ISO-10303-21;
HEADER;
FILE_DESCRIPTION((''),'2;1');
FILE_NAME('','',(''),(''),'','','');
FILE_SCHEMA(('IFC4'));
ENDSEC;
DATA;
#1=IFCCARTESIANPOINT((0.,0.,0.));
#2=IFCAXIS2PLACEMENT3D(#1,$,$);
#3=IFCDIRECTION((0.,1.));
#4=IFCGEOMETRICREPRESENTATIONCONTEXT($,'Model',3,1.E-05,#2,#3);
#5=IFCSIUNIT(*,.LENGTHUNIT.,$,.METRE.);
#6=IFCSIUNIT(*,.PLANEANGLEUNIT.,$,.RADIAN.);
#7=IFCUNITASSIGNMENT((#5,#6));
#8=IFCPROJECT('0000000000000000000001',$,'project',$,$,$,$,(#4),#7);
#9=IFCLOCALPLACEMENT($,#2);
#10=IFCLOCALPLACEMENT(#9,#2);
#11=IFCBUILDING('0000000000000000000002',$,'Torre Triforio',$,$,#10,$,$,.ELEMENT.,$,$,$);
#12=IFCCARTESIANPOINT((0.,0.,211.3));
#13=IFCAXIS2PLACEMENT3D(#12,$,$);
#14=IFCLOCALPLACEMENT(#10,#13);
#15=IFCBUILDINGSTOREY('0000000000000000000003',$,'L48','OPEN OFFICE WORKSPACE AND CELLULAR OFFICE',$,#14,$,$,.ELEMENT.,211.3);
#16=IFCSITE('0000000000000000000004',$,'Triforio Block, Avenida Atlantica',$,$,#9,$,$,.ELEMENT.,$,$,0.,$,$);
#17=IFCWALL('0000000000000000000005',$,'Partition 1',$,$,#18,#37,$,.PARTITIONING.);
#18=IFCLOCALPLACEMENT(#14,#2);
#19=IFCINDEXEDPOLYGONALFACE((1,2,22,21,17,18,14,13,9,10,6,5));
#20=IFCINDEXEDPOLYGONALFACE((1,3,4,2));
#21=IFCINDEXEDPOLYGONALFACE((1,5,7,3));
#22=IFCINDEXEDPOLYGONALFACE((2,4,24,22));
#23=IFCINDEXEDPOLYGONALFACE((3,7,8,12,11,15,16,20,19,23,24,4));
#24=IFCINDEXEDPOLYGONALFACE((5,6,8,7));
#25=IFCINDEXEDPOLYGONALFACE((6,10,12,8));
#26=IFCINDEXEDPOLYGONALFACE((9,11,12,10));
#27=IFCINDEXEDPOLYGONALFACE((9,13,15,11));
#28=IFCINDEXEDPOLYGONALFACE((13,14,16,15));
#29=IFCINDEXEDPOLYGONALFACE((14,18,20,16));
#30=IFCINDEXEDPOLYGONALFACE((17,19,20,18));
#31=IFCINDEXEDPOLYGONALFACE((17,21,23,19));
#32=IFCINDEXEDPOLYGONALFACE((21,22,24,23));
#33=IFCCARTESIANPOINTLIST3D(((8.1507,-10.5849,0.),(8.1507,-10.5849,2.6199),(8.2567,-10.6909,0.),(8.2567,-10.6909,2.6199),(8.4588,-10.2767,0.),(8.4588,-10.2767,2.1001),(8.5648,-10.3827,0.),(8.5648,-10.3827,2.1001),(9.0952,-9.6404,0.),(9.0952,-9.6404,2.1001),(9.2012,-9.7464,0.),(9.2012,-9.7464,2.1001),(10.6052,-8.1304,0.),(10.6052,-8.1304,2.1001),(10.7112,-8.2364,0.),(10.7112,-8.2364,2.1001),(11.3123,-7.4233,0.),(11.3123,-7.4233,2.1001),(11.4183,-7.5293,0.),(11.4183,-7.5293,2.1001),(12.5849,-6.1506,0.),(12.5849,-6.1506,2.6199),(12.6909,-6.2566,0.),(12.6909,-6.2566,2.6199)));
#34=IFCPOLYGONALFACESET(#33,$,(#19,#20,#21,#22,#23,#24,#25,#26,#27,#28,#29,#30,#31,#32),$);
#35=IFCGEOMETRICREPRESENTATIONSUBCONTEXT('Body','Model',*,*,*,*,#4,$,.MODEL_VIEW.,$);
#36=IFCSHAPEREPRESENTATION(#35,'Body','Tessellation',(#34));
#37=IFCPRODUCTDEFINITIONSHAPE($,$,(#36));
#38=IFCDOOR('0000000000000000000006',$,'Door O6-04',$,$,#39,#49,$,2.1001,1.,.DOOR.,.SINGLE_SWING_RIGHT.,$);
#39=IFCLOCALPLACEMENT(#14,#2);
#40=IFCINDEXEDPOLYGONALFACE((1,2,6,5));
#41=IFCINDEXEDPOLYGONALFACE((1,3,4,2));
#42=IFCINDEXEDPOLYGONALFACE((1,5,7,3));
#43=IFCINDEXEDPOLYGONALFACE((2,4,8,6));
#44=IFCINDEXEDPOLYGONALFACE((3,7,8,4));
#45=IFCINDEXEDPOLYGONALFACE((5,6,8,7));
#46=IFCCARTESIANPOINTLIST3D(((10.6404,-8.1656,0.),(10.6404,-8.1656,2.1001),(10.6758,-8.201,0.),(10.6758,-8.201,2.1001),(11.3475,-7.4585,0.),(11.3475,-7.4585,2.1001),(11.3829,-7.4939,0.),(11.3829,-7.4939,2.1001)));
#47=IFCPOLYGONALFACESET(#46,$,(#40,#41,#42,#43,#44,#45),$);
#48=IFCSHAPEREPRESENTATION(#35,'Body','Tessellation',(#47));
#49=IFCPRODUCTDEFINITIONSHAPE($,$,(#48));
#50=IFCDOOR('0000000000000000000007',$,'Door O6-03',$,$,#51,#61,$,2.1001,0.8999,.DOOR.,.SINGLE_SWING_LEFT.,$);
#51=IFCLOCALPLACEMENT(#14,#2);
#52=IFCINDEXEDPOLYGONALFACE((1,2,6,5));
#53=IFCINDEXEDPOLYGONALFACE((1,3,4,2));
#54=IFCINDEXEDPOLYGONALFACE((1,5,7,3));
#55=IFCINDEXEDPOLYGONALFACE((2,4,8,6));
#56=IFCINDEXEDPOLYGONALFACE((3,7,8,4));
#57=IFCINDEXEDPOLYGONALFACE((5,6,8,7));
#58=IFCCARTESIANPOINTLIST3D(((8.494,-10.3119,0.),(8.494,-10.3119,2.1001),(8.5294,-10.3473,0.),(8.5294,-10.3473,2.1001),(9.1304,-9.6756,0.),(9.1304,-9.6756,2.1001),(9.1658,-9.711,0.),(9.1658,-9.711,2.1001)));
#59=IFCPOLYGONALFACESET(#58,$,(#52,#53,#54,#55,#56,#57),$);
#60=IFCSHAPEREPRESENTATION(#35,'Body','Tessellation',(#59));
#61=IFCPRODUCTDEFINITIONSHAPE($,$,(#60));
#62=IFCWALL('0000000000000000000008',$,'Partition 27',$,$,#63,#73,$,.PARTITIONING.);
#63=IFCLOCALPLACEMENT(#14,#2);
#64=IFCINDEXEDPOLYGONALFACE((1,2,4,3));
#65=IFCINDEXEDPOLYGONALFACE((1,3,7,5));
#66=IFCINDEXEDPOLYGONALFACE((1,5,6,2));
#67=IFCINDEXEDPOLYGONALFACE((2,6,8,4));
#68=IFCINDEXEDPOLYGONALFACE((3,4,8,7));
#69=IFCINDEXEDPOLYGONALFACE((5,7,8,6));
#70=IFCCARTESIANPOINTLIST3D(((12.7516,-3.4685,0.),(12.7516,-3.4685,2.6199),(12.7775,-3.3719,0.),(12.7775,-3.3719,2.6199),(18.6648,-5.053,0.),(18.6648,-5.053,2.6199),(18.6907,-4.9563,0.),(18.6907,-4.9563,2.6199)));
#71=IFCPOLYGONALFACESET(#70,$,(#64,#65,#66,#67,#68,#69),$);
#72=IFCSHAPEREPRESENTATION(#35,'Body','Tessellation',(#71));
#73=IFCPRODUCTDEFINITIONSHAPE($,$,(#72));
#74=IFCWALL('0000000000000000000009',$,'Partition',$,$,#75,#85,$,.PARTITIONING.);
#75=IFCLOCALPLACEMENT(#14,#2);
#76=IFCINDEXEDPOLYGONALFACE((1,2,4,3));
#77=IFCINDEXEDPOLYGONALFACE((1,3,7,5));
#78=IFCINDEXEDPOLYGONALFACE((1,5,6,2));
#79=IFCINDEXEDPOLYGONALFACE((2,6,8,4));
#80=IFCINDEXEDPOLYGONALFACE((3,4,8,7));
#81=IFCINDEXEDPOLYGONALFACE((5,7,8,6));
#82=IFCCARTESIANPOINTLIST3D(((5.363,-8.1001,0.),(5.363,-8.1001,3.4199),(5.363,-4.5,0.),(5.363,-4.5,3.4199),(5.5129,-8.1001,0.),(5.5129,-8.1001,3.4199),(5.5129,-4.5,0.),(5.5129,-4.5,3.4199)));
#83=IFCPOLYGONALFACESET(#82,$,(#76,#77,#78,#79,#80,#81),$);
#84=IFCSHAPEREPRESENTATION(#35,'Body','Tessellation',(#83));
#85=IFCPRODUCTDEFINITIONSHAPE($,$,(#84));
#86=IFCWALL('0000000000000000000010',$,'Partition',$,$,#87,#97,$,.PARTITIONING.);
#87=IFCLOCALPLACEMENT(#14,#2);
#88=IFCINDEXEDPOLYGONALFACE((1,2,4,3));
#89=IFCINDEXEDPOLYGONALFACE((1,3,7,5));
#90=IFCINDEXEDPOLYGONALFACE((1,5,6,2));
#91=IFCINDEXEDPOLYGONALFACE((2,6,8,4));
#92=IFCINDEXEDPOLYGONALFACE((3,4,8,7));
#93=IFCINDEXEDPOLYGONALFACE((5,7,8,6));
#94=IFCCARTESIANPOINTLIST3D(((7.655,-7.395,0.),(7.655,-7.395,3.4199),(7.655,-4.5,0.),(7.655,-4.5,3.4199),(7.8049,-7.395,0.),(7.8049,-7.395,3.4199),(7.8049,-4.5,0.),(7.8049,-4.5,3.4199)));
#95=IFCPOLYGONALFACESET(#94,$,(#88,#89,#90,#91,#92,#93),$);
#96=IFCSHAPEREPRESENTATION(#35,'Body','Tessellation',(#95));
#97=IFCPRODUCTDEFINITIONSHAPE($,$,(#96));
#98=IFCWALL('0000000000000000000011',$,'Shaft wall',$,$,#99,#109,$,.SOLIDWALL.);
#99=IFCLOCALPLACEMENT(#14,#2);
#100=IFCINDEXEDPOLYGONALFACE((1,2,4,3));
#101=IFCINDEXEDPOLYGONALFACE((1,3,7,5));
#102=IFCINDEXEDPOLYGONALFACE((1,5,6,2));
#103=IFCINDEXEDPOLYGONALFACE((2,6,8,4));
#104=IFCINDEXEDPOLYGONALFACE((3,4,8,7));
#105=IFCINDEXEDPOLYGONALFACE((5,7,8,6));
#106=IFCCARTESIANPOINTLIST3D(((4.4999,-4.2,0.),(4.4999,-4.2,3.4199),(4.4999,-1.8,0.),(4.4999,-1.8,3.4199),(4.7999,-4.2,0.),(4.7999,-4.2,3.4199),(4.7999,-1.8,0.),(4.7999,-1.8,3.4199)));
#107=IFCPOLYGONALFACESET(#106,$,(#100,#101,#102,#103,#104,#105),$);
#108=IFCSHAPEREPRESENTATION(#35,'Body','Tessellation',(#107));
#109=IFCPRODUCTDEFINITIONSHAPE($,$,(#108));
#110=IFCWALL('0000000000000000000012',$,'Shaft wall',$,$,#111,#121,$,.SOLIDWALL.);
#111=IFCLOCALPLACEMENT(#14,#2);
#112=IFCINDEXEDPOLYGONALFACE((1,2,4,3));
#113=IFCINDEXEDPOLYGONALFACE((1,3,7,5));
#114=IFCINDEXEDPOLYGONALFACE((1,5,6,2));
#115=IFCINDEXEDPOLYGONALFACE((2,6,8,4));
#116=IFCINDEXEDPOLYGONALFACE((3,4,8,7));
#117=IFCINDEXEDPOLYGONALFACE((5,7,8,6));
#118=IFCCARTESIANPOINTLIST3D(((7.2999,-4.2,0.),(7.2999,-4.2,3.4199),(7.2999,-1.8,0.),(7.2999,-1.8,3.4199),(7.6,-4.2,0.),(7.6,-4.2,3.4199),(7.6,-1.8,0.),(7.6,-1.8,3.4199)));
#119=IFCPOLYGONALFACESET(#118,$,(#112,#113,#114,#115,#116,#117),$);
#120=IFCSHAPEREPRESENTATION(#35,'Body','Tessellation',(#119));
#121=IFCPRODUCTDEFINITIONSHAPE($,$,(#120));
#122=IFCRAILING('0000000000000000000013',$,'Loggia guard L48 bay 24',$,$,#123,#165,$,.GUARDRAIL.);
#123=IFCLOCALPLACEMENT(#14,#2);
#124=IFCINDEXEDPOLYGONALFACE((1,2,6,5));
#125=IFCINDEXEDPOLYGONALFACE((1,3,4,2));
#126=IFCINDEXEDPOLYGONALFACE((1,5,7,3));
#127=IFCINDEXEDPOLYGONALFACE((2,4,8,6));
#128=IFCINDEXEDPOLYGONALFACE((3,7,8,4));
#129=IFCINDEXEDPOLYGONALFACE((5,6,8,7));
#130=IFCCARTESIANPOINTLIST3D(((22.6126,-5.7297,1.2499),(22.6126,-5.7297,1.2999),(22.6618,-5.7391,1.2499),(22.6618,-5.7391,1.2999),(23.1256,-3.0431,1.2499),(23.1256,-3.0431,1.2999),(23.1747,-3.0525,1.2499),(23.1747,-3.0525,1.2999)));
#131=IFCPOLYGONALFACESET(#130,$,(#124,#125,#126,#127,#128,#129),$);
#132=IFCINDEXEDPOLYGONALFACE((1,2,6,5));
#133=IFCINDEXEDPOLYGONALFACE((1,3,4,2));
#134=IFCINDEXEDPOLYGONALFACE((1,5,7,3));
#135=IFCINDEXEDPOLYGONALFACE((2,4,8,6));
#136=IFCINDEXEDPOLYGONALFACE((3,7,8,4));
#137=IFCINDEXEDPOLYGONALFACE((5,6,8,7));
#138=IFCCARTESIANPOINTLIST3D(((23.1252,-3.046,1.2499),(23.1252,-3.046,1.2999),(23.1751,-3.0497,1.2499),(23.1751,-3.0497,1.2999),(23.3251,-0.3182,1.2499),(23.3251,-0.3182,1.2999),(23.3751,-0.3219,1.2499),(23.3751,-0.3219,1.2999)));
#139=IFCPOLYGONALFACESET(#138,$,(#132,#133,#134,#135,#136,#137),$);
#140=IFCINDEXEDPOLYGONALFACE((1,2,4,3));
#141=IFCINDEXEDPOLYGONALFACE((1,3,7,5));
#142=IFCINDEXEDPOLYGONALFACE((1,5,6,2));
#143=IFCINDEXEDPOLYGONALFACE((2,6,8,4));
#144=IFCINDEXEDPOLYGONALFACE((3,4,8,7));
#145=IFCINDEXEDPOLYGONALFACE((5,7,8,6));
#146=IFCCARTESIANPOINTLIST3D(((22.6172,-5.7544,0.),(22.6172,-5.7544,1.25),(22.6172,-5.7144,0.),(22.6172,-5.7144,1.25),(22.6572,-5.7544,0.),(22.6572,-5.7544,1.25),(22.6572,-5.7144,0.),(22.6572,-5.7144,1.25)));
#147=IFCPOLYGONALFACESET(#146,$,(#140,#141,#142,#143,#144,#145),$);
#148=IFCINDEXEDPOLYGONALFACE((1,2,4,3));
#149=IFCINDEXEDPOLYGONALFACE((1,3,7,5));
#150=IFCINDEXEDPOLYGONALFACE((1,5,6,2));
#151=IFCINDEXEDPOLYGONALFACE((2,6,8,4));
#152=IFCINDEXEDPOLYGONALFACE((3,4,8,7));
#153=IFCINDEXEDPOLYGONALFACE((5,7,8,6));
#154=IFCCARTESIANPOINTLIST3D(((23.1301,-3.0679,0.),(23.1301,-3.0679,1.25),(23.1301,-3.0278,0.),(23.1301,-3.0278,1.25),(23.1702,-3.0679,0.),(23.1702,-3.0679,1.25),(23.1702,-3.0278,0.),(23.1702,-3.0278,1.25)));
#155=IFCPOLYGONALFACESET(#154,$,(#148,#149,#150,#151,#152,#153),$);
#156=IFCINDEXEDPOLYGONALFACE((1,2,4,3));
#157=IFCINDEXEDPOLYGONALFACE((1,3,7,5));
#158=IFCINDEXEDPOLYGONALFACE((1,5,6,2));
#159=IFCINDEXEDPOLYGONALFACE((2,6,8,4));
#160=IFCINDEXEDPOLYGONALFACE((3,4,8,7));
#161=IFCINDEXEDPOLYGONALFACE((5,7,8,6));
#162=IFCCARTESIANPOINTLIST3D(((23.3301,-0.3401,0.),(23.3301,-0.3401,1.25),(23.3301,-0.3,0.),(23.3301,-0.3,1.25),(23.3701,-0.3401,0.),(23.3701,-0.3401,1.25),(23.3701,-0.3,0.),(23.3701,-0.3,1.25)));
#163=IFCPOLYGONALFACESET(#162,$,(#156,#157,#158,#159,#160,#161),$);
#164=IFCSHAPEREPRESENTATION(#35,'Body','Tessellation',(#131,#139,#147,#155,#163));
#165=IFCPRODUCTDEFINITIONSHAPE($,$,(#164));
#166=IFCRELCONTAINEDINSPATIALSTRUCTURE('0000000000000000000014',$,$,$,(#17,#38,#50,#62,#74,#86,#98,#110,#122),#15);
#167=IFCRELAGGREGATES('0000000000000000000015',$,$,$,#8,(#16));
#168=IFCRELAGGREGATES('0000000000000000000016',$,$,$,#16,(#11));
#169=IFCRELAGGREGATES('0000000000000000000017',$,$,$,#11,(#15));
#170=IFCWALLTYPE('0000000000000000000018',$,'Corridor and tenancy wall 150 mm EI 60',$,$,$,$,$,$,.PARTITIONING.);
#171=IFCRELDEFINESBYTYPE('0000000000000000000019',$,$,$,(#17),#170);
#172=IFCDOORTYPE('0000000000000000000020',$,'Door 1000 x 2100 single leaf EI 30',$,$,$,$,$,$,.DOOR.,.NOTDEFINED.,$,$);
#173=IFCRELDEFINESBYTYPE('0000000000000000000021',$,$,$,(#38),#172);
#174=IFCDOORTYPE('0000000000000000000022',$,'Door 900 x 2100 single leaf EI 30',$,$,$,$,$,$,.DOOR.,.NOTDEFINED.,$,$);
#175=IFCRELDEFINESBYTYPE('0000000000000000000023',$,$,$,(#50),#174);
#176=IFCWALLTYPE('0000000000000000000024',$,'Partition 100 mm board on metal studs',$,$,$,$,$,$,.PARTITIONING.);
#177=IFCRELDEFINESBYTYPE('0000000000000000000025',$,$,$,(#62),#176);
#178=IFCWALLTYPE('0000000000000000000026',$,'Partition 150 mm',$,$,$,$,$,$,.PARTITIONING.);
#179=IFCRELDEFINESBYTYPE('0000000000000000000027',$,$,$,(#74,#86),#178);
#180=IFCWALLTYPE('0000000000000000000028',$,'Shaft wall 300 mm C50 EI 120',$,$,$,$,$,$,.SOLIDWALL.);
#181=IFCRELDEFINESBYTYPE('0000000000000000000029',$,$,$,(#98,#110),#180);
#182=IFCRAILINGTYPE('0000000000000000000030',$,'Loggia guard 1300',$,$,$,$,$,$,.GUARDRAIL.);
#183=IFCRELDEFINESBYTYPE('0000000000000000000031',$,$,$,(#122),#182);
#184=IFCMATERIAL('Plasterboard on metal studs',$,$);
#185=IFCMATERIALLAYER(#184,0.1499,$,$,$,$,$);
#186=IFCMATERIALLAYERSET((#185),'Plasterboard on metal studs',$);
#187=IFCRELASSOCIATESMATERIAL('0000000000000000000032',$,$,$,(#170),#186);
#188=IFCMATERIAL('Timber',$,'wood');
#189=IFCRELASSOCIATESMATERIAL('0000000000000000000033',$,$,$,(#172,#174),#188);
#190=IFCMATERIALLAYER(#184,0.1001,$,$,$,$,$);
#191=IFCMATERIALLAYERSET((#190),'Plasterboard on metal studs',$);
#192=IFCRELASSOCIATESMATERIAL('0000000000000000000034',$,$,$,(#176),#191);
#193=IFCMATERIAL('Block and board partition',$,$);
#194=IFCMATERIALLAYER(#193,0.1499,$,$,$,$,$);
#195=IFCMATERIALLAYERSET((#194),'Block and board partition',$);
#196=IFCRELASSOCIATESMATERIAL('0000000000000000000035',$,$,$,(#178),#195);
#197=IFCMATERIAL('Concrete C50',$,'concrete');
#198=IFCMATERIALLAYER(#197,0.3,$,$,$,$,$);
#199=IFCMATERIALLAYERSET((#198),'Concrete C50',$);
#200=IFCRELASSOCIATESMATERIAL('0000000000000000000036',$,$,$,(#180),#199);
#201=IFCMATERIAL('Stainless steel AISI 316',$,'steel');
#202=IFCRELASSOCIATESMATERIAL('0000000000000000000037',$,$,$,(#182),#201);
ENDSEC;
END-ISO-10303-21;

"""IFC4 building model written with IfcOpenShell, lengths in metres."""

from ifc_helpers import new_model, si_unit, direction, frame, frame_2d, origin, origin_2d, place, context, subcontext, project, spatial, rectangle, extrude, material, layer, layer_set, type_object, element, fill, save


model = new_model("IFC4")

# Units and contexts
model_context = context("Model", 3, precision=1e-05, world=origin(), true_north=direction((0.0, 1.0)))
body_context = subcontext(model_context, "Body", "Model", "MODEL_VIEW")
ifc_project = project(units=[si_unit("LENGTHUNIT", "METRE"), si_unit("PLANEANGLEUNIT", "RADIAN")], contexts=[model_context])

# Site, building, storey
site_placement = place(None, origin())
site = spatial("IfcSite", under=ifc_project, at=site_placement, Name="Triforio Block, Avenida Atlantica", CompositionType="ELEMENT", RefElevation=0.0)
building_placement = place(site_placement, origin())
building = spatial("IfcBuilding", under=site, at=building_placement, Name="Torre Triforio", CompositionType="ELEMENT")
storey_placement = place(building_placement, frame((0.0, 0.0, 211.3)))
storey = spatial("IfcBuildingStorey", under=building, at=storey_placement, Name="L48", Description="OPEN OFFICE WORKSPACE AND CELLULAR OFFICE", CompositionType="ELEMENT", Elevation=211.3)

# Shared definitions
ifc_material_1 = material(Name="Concrete C50", Category="concrete")

# Wall, openings, doors
ifc_material_2 = material(Name="Plasterboard on metal studs")
ifc_layer_1 = layer(ifc_material_2, 0.1499)
ifc_layer_set_1 = layer_set([ifc_layer_1], Name="Plasterboard on metal studs")
wall_type_1 = type_object("IfcWallType", Name="Corridor and tenancy wall 150 mm EI 60", PredefinedType="PARTITIONING", material=ifc_layer_set_1)
wall_1_placement = place(storey_placement, frame((12.6379, -6.2036, 0.0), z_axis=(0.0, 0.0, 1.0), x_axis=(-0.707107, -0.707107, 0.0)))
wall_1 = element("IfcWall", 1, at=wall_1_placement, inside=storey, type_object=wall_type_1, Name="Partition 1", PredefinedType="PARTITIONING", context=body_context, shape_type="SweptSolid", body=[
    extrude(rectangle(XDim=6.271, YDim=0.1499, at=frame_2d((3.1355, 0.0))), origin(), (0.0, 0.0, 1.0), 2.6199),
])
opening_1_placement = place(wall_1_placement, frame((4.9353, 0.0, 0.0)))
opening_1 = element("IfcOpeningElement", 2, at=opening_1_placement, cuts=wall_1, PredefinedType="OPENING", context=body_context, shape_type="SweptSolid", body=[
    extrude(rectangle(XDim=0.8999, YDim=2.1001, at=frame_2d((0.45, 1.05))), frame((0.0, 0.085, 0.0), z_axis=(0.0, -1.0, 0.0), x_axis=(1.0, 0.0, 0.0)), (0.0, 0.0, 1.0), 0.1699),
])
opening_2_placement = place(wall_1_placement, frame((1.7998, 0.0, 0.0)))
opening_2 = element("IfcOpeningElement", 3, at=opening_2_placement, cuts=wall_1, PredefinedType="OPENING", context=body_context, shape_type="SweptSolid", body=[
    extrude(rectangle(XDim=1.0, YDim=2.1001, at=frame_2d((0.5, 1.05))), frame((0.0, 0.085, 0.0), z_axis=(0.0, -1.0, 0.0), x_axis=(1.0, 0.0, 0.0)), (0.0, 0.0, 1.0), 0.1699),
])
ifc_material_3 = material(Name="Timber", Category="wood")
door_type_1 = type_object("IfcDoorType", Name="Door 1000 x 2100 single leaf EI 30", OperationType="NOTDEFINED", PredefinedType="DOOR", material=ifc_material_3)
door_1_placement = place(opening_2_placement, origin())
door_1 = element("IfcDoor", 4, at=door_1_placement, inside=storey, type_object=door_type_1, Name="Door O6-04", OperationType="SINGLE_SWING_RIGHT", OverallHeight=2.1001, OverallWidth=1.0, PredefinedType="DOOR", context=body_context, shape_type="SweptSolid", body=[
    extrude(rectangle(XDim=1.0, YDim=2.1001, at=frame_2d((0.5, 1.05))), frame((0.0, 0.0249, 0.0), z_axis=(0.0, -1.0, 0.0), x_axis=(1.0, 0.0, 0.0)), (0.0, 0.0, 1.0), 0.05),
])
fill(opening_2, door_1)
door_type_2 = type_object("IfcDoorType", Name="Door 900 x 2100 single leaf EI 30", OperationType="NOTDEFINED", PredefinedType="DOOR", material=ifc_material_3)
door_2_placement = place(opening_1_placement, origin())
door_2 = element("IfcDoor", 5, at=door_2_placement, inside=storey, type_object=door_type_2, Name="Door O6-03", OperationType="SINGLE_SWING_LEFT", OverallHeight=2.1001, OverallWidth=0.8999, PredefinedType="DOOR", context=body_context, shape_type="SweptSolid", body=[
    extrude(rectangle(XDim=0.8999, YDim=2.1001, at=frame_2d((0.45, 1.05))), frame((0.0, 0.0249, 0.0), z_axis=(0.0, -1.0, 0.0), x_axis=(1.0, 0.0, 0.0)), (0.0, 0.0, 1.0), 0.05),
])
fill(opening_1, door_2)

# Walls
ifc_layer_2 = layer(ifc_material_2, 0.1001)
ifc_layer_set_2 = layer_set([ifc_layer_2], Name="Plasterboard on metal studs")
wall_type_2 = type_object("IfcWallType", Name="Partition 100 mm board on metal studs", PredefinedType="PARTITIONING", material=ifc_layer_set_2)
wall_2_placement = place(storey_placement, frame((12.7644, -3.4202, 0.0), z_axis=(0.0, 0.0, 1.0), x_axis=(0.965926, -0.258819, 0.0)))
element("IfcWall", 6, at=wall_2_placement, inside=storey, type_object=wall_type_2, Name="Partition 27", PredefinedType="PARTITIONING", context=body_context, shape_type="SweptSolid", body=[
    extrude(rectangle(XDim=6.1218, YDim=0.1001, at=frame_2d((3.061, 0.0))), origin(), (0.0, 0.0, 1.0), 2.6199),
])
ifc_material_4 = material(Name="Block and board partition")
ifc_layer_3 = layer(ifc_material_4, 0.1499)
ifc_layer_set_3 = layer_set([ifc_layer_3], Name="Block and board partition")
wall_type_3 = type_object("IfcWallType", Name="Partition 150 mm", PredefinedType="PARTITIONING", material=ifc_layer_set_3)
wall_3_placement = place(storey_placement, frame((5.438, -8.1001, 0.0), z_axis=(0.0, 0.0, 1.0), x_axis=(0.0, 1.0, 0.0)))
element("IfcWall", 7, at=wall_3_placement, inside=storey, type_object=wall_type_3, Name="Partition", PredefinedType="PARTITIONING", context=body_context, shape_type="SweptSolid", body=[
    extrude(rectangle(XDim=3.6001, YDim=0.1499, at=frame_2d((1.8, 0.0))), origin(), (0.0, 0.0, 1.0), 3.4199),
])
wall_4_placement = place(storey_placement, frame((7.73, -7.395, 0.0), z_axis=(0.0, 0.0, 1.0), x_axis=(0.0, 1.0, 0.0)))
element("IfcWall", 8, at=wall_4_placement, inside=storey, type_object=wall_type_3, Name="Partition", PredefinedType="PARTITIONING", context=body_context, shape_type="SweptSolid", body=[
    extrude(rectangle(XDim=2.895, YDim=0.1499, at=frame_2d((1.4475, 0.0))), origin(), (0.0, 0.0, 1.0), 3.4199),
])
ifc_layer_4 = layer(ifc_material_1, 0.3)
ifc_layer_set_4 = layer_set([ifc_layer_4], Name="Concrete C50")
wall_type_4 = type_object("IfcWallType", Name="Shaft wall 300 mm C50 EI 120", PredefinedType="SOLIDWALL", material=ifc_layer_set_4)
for number, where, z_axis, x_axis, name in (
    (9, (4.6499, -4.2, 0.0), (0.0, 0.0, 1.0), (0.0, 1.0, 0.0), "Shaft wall"),
    (10, (7.45, -4.2, 0.0), (0.0, 0.0, 1.0), (0.0, 1.0, 0.0), "Shaft wall"),
):
    element("IfcWall", number, at=place(storey_placement, frame(where, z_axis=z_axis, x_axis=x_axis)), inside=storey, type_object=wall_type_4, Name=name, PredefinedType="SOLIDWALL", context=body_context, shape_type="SweptSolid", body=[
        extrude(rectangle(XDim=2.3999, YDim=0.3, at=frame_2d((1.2, 0.0))), origin(), (0.0, 0.0, 1.0), 3.4199),
    ])

# Railing
ifc_material_5 = material(Name="Stainless steel AISI 316", Category="steel")
railing_type = type_object("IfcRailingType", Name="Loggia guard 1300", PredefinedType="GUARDRAIL", material=ifc_material_5)
railing_placement = place(storey_placement, frame((22.6372, -5.7344, 0.0)))
element("IfcRailing", 11, at=railing_placement, inside=storey, type_object=railing_type, Name="Loggia guard L48 bay 24", PredefinedType="GUARDRAIL", context=body_context, shape_type="SweptSolid", body=[
    extrude(rectangle(XDim=0.05, YDim=0.05, at=origin_2d()), frame((0.0, 0.0, 1.2749), z_axis=(0.187543, 0.982256, 0.0), x_axis=(-0.982256, 0.187543, 0.0)), (0.0, 0.0, 1.0), 2.7351),
    extrude(rectangle(XDim=0.05, YDim=0.05, at=origin_2d()), frame((0.5129, 2.6865, 1.2749), z_axis=(0.073106, 0.997324, 0.0), x_axis=(-0.997324, 0.073106, 0.0)), (0.0, 0.0, 1.0), 2.7351),
    extrude(rectangle(XDim=0.04, YDim=0.04, at=origin_2d()), origin(), (0.0, 0.0, 1.0), 1.25),
    extrude(rectangle(XDim=0.04, YDim=0.04, at=origin_2d()), frame((0.5129, 2.6865, 0.0)), (0.0, 0.0, 1.0), 1.25),
    extrude(rectangle(XDim=0.04, YDim=0.04, at=origin_2d()), frame((0.7129, 5.4143, 0.0)), (0.0, 0.0, 1.0), 1.25),
])

save(model, "model.ifc")
